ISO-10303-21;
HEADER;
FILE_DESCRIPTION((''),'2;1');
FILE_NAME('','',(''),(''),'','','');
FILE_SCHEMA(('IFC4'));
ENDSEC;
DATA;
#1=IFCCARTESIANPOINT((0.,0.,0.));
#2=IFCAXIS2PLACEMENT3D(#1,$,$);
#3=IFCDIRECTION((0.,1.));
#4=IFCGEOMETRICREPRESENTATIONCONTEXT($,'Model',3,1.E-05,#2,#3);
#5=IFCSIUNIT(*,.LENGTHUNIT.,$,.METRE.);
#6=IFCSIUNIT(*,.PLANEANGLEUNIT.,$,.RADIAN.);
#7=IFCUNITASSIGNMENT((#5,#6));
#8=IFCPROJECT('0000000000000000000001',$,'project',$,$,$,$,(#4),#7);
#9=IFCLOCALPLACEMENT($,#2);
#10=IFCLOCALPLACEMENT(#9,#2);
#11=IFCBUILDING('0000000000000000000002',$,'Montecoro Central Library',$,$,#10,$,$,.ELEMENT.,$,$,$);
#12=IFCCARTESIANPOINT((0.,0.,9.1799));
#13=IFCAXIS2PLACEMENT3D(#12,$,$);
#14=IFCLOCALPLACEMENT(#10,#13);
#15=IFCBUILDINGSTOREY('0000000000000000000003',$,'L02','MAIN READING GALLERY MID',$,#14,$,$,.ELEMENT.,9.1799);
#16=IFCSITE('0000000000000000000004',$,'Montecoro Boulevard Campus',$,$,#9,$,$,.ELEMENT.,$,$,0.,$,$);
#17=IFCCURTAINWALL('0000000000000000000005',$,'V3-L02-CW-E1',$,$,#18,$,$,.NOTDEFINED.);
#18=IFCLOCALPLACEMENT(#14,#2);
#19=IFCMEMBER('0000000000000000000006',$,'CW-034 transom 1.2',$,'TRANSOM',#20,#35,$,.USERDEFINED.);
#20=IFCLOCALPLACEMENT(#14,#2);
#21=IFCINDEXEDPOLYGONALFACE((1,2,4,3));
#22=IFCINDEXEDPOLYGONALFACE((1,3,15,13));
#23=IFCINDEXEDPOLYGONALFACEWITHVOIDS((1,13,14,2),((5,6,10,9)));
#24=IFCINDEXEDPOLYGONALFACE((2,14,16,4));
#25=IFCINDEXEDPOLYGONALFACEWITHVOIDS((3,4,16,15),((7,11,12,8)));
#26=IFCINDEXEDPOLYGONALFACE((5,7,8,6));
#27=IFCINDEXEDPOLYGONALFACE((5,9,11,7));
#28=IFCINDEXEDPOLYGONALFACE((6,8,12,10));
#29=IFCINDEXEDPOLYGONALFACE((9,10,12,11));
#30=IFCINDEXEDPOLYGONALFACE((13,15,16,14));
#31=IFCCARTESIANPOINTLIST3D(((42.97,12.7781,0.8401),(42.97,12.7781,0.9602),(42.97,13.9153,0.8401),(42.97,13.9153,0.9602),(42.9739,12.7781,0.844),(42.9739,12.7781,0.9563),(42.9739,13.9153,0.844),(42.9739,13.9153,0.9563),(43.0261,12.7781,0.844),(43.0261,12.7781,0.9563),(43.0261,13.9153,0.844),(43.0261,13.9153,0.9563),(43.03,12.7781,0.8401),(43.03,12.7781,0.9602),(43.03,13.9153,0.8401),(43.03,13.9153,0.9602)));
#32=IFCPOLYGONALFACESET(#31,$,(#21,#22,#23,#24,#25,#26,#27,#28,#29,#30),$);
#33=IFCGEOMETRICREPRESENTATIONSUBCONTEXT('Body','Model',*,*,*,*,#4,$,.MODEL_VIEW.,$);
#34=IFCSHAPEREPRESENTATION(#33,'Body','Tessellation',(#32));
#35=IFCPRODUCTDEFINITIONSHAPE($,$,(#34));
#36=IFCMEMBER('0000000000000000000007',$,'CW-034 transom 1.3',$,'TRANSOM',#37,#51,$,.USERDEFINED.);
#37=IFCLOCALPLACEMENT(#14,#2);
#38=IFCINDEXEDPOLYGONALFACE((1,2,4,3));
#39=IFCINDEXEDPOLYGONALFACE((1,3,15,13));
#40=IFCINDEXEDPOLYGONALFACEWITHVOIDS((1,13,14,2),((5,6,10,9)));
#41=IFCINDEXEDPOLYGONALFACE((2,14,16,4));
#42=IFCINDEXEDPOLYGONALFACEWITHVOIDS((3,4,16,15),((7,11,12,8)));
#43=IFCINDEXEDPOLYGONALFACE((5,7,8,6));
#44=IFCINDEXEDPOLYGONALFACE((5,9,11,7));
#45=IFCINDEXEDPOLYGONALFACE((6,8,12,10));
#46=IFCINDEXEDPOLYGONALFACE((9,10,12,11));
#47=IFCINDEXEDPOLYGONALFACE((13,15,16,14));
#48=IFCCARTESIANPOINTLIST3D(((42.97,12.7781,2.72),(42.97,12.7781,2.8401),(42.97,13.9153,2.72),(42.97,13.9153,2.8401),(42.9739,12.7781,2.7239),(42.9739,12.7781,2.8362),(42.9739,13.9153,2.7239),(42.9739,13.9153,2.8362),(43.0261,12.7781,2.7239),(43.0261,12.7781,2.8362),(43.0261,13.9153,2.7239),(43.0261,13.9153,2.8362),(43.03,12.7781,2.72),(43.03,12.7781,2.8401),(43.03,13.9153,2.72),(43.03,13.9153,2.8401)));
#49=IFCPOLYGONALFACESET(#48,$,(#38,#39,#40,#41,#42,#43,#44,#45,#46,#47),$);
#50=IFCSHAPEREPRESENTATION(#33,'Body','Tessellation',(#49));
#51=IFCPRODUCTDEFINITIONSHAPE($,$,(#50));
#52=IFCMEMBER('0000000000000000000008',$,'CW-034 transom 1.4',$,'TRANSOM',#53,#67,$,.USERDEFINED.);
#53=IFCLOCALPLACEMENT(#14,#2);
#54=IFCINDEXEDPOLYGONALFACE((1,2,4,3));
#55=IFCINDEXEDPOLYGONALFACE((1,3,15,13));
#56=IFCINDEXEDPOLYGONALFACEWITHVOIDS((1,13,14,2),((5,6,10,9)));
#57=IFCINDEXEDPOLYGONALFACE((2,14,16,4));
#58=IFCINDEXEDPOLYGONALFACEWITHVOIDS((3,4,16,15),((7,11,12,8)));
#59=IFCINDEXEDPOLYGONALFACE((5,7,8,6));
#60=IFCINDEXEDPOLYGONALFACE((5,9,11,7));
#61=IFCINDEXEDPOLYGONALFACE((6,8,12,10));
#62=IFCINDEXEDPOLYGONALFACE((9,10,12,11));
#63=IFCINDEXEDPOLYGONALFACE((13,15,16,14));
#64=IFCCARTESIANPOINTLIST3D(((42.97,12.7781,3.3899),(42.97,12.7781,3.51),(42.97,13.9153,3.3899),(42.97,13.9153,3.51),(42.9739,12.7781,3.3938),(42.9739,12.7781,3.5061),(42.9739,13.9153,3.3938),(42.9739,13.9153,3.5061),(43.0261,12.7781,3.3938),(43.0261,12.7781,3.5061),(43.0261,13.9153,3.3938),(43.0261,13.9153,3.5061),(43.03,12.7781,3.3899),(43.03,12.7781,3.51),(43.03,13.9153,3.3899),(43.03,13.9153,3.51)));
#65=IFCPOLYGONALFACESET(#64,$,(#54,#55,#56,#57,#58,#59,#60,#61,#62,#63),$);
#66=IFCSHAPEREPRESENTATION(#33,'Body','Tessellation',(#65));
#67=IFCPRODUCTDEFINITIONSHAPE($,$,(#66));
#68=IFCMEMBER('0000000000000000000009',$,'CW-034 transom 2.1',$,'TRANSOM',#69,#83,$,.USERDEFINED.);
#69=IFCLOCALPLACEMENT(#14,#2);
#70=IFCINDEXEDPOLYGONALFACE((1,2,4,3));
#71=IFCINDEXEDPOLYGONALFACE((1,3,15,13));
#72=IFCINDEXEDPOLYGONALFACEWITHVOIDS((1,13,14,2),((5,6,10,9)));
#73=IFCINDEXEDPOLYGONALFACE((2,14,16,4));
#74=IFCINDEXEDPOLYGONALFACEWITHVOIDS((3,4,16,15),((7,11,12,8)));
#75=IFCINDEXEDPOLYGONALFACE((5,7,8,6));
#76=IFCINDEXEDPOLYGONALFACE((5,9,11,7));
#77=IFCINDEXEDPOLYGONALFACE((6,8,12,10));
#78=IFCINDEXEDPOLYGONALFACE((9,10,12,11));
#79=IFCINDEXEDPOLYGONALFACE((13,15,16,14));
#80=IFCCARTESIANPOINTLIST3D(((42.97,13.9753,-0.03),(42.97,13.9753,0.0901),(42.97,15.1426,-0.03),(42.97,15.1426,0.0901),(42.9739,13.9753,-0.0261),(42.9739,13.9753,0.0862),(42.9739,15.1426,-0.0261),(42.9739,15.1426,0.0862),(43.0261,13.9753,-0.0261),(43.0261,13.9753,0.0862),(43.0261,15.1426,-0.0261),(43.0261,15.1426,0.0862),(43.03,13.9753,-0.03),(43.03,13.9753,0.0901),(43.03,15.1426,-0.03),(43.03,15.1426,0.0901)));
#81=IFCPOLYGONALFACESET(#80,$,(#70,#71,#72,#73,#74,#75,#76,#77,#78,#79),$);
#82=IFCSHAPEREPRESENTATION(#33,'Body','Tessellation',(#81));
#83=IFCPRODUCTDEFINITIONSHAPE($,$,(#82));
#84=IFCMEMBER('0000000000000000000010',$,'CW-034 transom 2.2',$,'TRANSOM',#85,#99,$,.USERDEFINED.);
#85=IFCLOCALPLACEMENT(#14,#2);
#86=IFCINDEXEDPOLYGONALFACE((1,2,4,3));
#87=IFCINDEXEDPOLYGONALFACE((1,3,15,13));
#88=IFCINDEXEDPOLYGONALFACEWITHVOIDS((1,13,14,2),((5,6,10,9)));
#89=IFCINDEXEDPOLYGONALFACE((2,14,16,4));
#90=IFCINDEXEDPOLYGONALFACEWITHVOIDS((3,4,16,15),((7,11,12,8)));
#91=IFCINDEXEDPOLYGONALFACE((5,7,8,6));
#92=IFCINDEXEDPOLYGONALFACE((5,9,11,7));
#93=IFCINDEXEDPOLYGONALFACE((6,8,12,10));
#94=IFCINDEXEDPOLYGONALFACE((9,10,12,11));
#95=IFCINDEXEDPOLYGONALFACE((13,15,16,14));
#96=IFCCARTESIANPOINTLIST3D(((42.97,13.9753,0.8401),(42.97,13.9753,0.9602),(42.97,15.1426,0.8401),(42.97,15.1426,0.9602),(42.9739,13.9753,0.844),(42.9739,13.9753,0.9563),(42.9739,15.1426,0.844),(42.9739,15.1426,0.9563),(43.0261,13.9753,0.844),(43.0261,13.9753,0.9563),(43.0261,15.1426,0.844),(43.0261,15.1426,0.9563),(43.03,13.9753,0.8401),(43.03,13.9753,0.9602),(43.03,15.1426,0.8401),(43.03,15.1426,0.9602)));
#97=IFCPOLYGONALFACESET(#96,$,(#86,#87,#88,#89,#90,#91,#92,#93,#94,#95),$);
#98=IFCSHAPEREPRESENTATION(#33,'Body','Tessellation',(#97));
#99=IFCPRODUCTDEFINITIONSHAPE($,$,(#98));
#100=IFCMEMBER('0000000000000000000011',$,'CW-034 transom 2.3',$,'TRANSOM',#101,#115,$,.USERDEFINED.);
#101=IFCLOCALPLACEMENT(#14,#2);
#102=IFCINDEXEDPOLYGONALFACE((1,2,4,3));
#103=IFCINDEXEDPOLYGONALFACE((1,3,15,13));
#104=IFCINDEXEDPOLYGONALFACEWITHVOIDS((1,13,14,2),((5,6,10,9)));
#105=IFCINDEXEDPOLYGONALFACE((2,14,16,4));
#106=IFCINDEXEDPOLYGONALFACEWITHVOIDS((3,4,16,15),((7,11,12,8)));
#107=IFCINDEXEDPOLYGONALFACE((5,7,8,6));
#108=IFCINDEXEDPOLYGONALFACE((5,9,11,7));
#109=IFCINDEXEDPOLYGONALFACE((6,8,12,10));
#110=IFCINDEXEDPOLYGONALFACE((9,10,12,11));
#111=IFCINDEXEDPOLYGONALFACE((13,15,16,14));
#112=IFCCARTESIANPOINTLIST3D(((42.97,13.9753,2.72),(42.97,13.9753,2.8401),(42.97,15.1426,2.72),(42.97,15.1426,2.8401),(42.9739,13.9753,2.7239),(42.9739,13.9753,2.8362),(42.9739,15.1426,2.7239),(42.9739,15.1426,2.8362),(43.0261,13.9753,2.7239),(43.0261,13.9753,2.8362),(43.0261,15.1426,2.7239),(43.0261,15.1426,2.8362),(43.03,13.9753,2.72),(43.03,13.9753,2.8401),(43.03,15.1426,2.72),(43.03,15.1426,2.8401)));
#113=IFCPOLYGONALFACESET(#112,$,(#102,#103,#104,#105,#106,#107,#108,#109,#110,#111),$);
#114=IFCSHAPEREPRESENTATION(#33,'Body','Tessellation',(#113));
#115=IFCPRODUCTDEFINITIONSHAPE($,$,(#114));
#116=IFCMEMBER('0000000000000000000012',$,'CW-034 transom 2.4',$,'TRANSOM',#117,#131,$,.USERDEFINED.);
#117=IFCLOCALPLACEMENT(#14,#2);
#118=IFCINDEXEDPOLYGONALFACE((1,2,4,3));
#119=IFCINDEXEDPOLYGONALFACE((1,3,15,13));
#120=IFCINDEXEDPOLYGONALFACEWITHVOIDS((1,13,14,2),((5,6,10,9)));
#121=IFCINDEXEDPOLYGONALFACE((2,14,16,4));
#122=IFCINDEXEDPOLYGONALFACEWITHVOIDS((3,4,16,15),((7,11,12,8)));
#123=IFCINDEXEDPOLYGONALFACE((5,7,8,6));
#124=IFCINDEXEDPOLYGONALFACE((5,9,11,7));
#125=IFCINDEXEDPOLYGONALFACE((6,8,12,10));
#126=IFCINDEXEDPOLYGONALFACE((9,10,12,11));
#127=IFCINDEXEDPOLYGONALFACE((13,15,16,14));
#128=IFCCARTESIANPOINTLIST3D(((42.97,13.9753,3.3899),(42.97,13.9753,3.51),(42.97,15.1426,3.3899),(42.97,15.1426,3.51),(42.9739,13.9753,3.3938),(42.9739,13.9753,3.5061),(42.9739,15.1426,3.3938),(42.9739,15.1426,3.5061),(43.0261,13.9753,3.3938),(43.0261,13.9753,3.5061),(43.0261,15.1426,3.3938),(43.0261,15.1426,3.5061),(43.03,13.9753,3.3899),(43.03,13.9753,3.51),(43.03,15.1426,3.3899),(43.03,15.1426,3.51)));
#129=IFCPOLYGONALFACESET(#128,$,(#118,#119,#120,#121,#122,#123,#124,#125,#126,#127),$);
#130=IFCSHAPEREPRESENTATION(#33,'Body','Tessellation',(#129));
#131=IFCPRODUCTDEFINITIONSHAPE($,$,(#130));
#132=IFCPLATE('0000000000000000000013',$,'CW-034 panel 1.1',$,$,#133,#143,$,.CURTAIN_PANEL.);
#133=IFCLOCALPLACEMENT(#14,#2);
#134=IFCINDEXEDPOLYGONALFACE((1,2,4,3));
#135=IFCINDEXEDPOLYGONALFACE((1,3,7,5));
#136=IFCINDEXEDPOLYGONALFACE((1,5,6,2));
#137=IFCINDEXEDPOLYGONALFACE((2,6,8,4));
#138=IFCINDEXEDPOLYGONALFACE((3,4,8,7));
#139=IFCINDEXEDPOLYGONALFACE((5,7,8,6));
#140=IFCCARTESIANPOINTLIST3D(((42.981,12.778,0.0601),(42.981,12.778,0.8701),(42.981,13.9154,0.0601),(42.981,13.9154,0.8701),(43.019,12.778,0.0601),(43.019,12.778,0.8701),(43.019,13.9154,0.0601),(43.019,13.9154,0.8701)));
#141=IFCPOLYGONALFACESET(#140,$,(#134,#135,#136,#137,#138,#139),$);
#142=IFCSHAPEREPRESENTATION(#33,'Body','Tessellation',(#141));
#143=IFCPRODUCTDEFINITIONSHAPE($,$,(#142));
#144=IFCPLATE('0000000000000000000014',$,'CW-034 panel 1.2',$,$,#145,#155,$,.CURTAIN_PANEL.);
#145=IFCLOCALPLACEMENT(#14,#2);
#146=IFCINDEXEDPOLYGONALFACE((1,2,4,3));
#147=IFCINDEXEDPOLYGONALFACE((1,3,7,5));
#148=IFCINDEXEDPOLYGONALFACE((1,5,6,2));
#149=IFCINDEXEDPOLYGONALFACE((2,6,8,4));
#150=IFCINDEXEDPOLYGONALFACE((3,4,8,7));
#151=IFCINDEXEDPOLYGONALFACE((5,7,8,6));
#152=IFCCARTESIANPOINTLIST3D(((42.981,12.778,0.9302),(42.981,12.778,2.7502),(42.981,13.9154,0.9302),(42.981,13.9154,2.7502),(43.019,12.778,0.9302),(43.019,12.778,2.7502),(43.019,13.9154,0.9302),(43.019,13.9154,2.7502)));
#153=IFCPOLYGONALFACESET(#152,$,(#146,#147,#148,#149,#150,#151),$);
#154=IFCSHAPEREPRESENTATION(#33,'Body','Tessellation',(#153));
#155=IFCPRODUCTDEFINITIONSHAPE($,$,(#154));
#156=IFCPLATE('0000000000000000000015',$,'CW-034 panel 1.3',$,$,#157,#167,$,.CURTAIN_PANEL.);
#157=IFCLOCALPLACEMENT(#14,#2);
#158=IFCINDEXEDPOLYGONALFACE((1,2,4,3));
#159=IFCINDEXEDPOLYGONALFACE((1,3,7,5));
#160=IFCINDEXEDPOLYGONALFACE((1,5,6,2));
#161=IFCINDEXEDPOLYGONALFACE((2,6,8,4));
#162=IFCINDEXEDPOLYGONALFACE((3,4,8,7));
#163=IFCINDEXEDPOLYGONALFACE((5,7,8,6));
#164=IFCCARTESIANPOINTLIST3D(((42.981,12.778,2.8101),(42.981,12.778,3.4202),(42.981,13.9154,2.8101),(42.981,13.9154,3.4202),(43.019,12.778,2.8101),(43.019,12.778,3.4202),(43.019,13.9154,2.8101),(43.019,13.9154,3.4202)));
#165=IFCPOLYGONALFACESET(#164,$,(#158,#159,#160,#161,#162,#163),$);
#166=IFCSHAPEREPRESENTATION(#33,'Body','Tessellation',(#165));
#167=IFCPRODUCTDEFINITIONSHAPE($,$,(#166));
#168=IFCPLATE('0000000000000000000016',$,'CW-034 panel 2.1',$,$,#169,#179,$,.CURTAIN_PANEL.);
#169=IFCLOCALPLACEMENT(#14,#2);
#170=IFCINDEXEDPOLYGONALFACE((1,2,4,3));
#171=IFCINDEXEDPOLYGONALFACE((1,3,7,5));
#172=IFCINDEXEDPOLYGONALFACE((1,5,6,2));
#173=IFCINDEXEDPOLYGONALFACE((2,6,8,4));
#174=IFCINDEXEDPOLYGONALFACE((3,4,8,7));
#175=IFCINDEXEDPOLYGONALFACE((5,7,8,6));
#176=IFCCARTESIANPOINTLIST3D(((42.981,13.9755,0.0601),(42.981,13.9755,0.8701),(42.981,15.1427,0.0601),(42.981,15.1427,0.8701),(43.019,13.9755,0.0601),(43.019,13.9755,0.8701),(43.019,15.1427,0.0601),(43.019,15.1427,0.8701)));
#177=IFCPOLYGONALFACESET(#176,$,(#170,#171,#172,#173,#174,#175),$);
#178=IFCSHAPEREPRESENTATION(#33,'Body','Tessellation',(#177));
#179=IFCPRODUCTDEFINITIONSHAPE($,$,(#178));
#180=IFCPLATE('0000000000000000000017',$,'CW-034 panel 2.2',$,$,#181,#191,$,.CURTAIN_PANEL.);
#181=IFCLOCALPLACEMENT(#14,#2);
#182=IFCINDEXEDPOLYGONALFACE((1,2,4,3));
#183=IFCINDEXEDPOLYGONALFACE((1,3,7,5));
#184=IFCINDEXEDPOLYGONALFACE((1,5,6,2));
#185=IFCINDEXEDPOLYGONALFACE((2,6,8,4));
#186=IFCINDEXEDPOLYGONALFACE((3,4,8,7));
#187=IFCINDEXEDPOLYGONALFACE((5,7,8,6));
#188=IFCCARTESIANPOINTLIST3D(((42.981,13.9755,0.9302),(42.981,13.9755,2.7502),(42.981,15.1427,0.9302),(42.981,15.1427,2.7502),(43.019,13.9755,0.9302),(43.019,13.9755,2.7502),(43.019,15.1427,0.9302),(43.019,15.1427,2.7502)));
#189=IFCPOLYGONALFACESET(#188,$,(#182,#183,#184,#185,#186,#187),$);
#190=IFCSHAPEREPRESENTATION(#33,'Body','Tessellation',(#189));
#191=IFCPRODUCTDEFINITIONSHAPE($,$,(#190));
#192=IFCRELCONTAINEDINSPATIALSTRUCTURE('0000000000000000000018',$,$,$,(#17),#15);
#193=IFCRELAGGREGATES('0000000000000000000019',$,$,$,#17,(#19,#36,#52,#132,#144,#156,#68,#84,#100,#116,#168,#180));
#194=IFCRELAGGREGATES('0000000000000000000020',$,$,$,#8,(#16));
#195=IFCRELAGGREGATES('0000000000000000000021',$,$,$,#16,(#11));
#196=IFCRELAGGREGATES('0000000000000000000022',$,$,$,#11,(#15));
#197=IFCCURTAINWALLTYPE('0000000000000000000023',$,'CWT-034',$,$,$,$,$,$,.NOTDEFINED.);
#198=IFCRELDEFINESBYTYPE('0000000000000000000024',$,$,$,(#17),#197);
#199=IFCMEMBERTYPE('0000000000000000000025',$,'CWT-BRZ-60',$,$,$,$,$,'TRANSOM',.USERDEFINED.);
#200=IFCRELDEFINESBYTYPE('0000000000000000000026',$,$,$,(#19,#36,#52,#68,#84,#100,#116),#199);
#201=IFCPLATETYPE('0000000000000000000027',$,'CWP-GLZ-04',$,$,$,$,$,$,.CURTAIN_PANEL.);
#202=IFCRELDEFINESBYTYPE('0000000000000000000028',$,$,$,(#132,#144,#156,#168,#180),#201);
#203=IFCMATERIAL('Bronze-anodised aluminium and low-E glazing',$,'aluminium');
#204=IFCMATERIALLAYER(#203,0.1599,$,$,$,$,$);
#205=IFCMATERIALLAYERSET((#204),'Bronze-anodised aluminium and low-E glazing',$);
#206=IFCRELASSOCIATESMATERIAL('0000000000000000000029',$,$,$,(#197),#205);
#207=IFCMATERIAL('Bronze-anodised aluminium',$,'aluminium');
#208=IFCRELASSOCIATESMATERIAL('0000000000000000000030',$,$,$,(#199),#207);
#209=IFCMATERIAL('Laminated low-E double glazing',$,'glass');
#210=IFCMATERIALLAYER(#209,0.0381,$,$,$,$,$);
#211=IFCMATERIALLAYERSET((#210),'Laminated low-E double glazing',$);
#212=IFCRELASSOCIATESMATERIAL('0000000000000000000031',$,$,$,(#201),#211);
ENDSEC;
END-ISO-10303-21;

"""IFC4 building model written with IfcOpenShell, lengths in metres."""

from ifc_helpers import new_model, si_unit, direction, frame, origin, origin_2d, place, context, subcontext, project, spatial, rectangle, hollow_rectangle, extrude, material, layer, layer_set, material_profile, profile_set, type_object, element, aggregate, save


model = new_model("IFC4")

# Units and contexts
model_context = context("Model", 3, precision=1e-05, world=origin(), true_north=direction((0.0, 1.0)))
body_context = subcontext(model_context, "Body", "Model", "MODEL_VIEW")
ifc_project = project(units=[si_unit("LENGTHUNIT", "METRE"), si_unit("PLANEANGLEUNIT", "RADIAN")], contexts=[model_context])

# Site, building, storey
site_placement = place(None, origin())
site = spatial("IfcSite", under=ifc_project, at=site_placement, Name="Montecoro Boulevard Campus", CompositionType="ELEMENT", RefElevation=0.0)
building_placement = place(site_placement, origin())
building = spatial("IfcBuilding", under=site, at=building_placement, Name="Montecoro Central Library", CompositionType="ELEMENT")
storey_placement = place(building_placement, frame((0.0, 0.0, 9.1799)))
storey = spatial("IfcBuildingStorey", under=building, at=storey_placement, Name="L02", Description="MAIN READING GALLERY MID", CompositionType="ELEMENT", Elevation=9.1799)

# Curtain wall, members, plates
ifc_material_1 = material(Name="Bronze-anodised aluminium and low-E glazing", Category="aluminium")
ifc_layer_1 = layer(ifc_material_1, 0.1599)
ifc_layer_set_1 = layer_set([ifc_layer_1], Name="Bronze-anodised aluminium and low-E glazing")
curtain_wall_type = type_object("IfcCurtainWallType", Name="CWT-034", PredefinedType="NOTDEFINED", material=ifc_layer_set_1)
curtain_wall_placement = place(storey_placement, origin())
curtain_wall = element("IfcCurtainWall", 1, at=curtain_wall_placement, inside=storey, type_object=curtain_wall_type, Name="V3-L02-CW-E1", PredefinedType="NOTDEFINED")
ifc_material_2 = material(Name="Bronze-anodised aluminium", Category="aluminium")
ifc_material_profile_1 = material_profile(ifc_material_2, hollow_rectangle(XDim=0.0601, YDim=0.1201, WallThickness=0.0039, at=origin_2d()), Name="CWT 120x60x4.0")
ifc_profile_set_1 = profile_set([ifc_material_profile_1], Name="Bronze-anodised aluminium")
member_type_1 = type_object("IfcMemberType", Name="CWT-BRZ-60", ElementType="TRANSOM", PredefinedType="USERDEFINED", material=ifc_profile_set_1)
member_1_placement = place(storey_placement, frame((43.0, 12.7781, 0.9001), z_axis=(0.0, 1.0, 0.0), x_axis=(-1.0, 0.0, 0.0)))
member_1 = element("IfcMember", 2, at=member_1_placement, type_object=member_type_1, Name="CW-034 transom 1.2", ObjectType="TRANSOM", PredefinedType="USERDEFINED", context=body_context, shape_type="SweptSolid", body=[
    extrude(hollow_rectangle(XDim=0.0601, YDim=0.1201, WallThickness=0.0039, at=origin_2d()), origin(), (0.0, 0.0, 1.0), 1.1372),
])
member_2_placement = place(storey_placement, frame((43.0, 12.7781, 2.78), z_axis=(0.0, 1.0, 0.0), x_axis=(-1.0, 0.0, 0.0)))
member_2 = element("IfcMember", 3, at=member_2_placement, type_object=member_type_1, Name="CW-034 transom 1.3", ObjectType="TRANSOM", PredefinedType="USERDEFINED", context=body_context, shape_type="SweptSolid", body=[
    extrude(hollow_rectangle(XDim=0.0601, YDim=0.1201, WallThickness=0.0039, at=origin_2d()), origin(), (0.0, 0.0, 1.0), 1.1372),
])
member_3_placement = place(storey_placement, frame((43.0, 12.7781, 3.45), z_axis=(0.0, 1.0, 0.0), x_axis=(-1.0, 0.0, 0.0)))
member_3 = element("IfcMember", 4, at=member_3_placement, type_object=member_type_1, Name="CW-034 transom 1.4", ObjectType="TRANSOM", PredefinedType="USERDEFINED", context=body_context, shape_type="SweptSolid", body=[
    extrude(hollow_rectangle(XDim=0.0601, YDim=0.1201, WallThickness=0.0039, at=origin_2d()), origin(), (0.0, 0.0, 1.0), 1.1372),
])
member_4_placement = place(storey_placement, frame((43.0, 13.9753, 0.03), z_axis=(0.0, 1.0, 0.0), x_axis=(-1.0, 0.0, 0.0)))
member_4 = element("IfcMember", 5, at=member_4_placement, type_object=member_type_1, Name="CW-034 transom 2.1", ObjectType="TRANSOM", PredefinedType="USERDEFINED", context=body_context, shape_type="SweptSolid", body=[
    extrude(hollow_rectangle(XDim=0.0601, YDim=0.1201, WallThickness=0.0039, at=origin_2d()), origin(), (0.0, 0.0, 1.0), 1.1672),
])
member_5_placement = place(storey_placement, frame((43.0, 13.9753, 0.9001), z_axis=(0.0, 1.0, 0.0), x_axis=(-1.0, 0.0, 0.0)))
member_5 = element("IfcMember", 6, at=member_5_placement, type_object=member_type_1, Name="CW-034 transom 2.2", ObjectType="TRANSOM", PredefinedType="USERDEFINED", context=body_context, shape_type="SweptSolid", body=[
    extrude(hollow_rectangle(XDim=0.0601, YDim=0.1201, WallThickness=0.0039, at=origin_2d()), origin(), (0.0, 0.0, 1.0), 1.1672),
])
member_6_placement = place(storey_placement, frame((43.0, 13.9753, 2.78), z_axis=(0.0, 1.0, 0.0), x_axis=(-1.0, 0.0, 0.0)))
member_6 = element("IfcMember", 7, at=member_6_placement, type_object=member_type_1, Name="CW-034 transom 2.3", ObjectType="TRANSOM", PredefinedType="USERDEFINED", context=body_context, shape_type="SweptSolid", body=[
    extrude(hollow_rectangle(XDim=0.0601, YDim=0.1201, WallThickness=0.0039, at=origin_2d()), origin(), (0.0, 0.0, 1.0), 1.1672),
])
member_7_placement = place(storey_placement, frame((43.0, 13.9753, 3.45), z_axis=(0.0, 1.0, 0.0), x_axis=(-1.0, 0.0, 0.0)))
member_7 = element("IfcMember", 8, at=member_7_placement, type_object=member_type_1, Name="CW-034 transom 2.4", ObjectType="TRANSOM", PredefinedType="USERDEFINED", context=body_context, shape_type="SweptSolid", body=[
    extrude(hollow_rectangle(XDim=0.0601, YDim=0.1201, WallThickness=0.0039, at=origin_2d()), origin(), (0.0, 0.0, 1.0), 1.1672),
])
ifc_material_3 = material(Name="Laminated low-E double glazing", Category="glass")
ifc_layer_2 = layer(ifc_material_3, 0.0381)
ifc_layer_set_2 = layer_set([ifc_layer_2], Name="Laminated low-E double glazing")
plate_type_1 = type_object("IfcPlateType", Name="CWP-GLZ-04", PredefinedType="CURTAIN_PANEL", material=ifc_layer_set_2)
plate_1_placement = place(storey_placement, frame((43.0, 13.3467, 0.0601), z_axis=(0.0, 0.0, 1.0), x_axis=(0.0, 1.0, 0.0)))
plate_1 = element("IfcPlate", 9, at=plate_1_placement, type_object=plate_type_1, Name="CW-034 panel 1.1", PredefinedType="CURTAIN_PANEL", context=body_context, shape_type="SweptSolid", body=[
    extrude(rectangle(XDim=1.1375, YDim=0.0381, at=origin_2d()), origin(), (0.0, 0.0, 1.0), 0.8101),
])
plate_2_placement = place(storey_placement, frame((43.0, 13.3467, 0.9302), z_axis=(0.0, 0.0, 1.0), x_axis=(0.0, 1.0, 0.0)))
plate_2 = element("IfcPlate", 10, at=plate_2_placement, type_object=plate_type_1, Name="CW-034 panel 1.2", PredefinedType="CURTAIN_PANEL", context=body_context, shape_type="SweptSolid", body=[
    extrude(rectangle(XDim=1.1375, YDim=0.0381, at=origin_2d()), origin(), (0.0, 0.0, 1.0), 1.8201),
])
plate_3_placement = place(storey_placement, frame((43.0, 13.3467, 2.8101), z_axis=(0.0, 0.0, 1.0), x_axis=(0.0, 1.0, 0.0)))
plate_3 = element("IfcPlate", 11, at=plate_3_placement, type_object=plate_type_1, Name="CW-034 panel 1.3", PredefinedType="CURTAIN_PANEL", context=body_context, shape_type="SweptSolid", body=[
    extrude(rectangle(XDim=1.1375, YDim=0.0381, at=origin_2d()), origin(), (0.0, 0.0, 1.0), 0.6101),
])
plate_4_placement = place(storey_placement, frame((43.0, 14.5591, 0.0601), z_axis=(0.0, 0.0, 1.0), x_axis=(0.0, 1.0, 0.0)))
plate_4 = element("IfcPlate", 12, at=plate_4_placement, type_object=plate_type_1, Name="CW-034 panel 2.1", PredefinedType="CURTAIN_PANEL", context=body_context, shape_type="SweptSolid", body=[
    extrude(rectangle(XDim=1.1672, YDim=0.0381, at=origin_2d()), origin(), (0.0, 0.0, 1.0), 0.8101),
])
plate_5_placement = place(storey_placement, frame((43.0, 14.5591, 0.9302), z_axis=(0.0, 0.0, 1.0), x_axis=(0.0, 1.0, 0.0)))
plate_5 = element("IfcPlate", 13, at=plate_5_placement, type_object=plate_type_1, Name="CW-034 panel 2.2", PredefinedType="CURTAIN_PANEL", context=body_context, shape_type="SweptSolid", body=[
    extrude(rectangle(XDim=1.1672, YDim=0.0381, at=origin_2d()), origin(), (0.0, 0.0, 1.0), 1.8201),
])
aggregate(curtain_wall, [member_1, member_2, member_3, plate_1, plate_2, plate_3, member_4, member_5, member_6, member_7, plate_4, plate_5])

save(model, "model.ifc")
